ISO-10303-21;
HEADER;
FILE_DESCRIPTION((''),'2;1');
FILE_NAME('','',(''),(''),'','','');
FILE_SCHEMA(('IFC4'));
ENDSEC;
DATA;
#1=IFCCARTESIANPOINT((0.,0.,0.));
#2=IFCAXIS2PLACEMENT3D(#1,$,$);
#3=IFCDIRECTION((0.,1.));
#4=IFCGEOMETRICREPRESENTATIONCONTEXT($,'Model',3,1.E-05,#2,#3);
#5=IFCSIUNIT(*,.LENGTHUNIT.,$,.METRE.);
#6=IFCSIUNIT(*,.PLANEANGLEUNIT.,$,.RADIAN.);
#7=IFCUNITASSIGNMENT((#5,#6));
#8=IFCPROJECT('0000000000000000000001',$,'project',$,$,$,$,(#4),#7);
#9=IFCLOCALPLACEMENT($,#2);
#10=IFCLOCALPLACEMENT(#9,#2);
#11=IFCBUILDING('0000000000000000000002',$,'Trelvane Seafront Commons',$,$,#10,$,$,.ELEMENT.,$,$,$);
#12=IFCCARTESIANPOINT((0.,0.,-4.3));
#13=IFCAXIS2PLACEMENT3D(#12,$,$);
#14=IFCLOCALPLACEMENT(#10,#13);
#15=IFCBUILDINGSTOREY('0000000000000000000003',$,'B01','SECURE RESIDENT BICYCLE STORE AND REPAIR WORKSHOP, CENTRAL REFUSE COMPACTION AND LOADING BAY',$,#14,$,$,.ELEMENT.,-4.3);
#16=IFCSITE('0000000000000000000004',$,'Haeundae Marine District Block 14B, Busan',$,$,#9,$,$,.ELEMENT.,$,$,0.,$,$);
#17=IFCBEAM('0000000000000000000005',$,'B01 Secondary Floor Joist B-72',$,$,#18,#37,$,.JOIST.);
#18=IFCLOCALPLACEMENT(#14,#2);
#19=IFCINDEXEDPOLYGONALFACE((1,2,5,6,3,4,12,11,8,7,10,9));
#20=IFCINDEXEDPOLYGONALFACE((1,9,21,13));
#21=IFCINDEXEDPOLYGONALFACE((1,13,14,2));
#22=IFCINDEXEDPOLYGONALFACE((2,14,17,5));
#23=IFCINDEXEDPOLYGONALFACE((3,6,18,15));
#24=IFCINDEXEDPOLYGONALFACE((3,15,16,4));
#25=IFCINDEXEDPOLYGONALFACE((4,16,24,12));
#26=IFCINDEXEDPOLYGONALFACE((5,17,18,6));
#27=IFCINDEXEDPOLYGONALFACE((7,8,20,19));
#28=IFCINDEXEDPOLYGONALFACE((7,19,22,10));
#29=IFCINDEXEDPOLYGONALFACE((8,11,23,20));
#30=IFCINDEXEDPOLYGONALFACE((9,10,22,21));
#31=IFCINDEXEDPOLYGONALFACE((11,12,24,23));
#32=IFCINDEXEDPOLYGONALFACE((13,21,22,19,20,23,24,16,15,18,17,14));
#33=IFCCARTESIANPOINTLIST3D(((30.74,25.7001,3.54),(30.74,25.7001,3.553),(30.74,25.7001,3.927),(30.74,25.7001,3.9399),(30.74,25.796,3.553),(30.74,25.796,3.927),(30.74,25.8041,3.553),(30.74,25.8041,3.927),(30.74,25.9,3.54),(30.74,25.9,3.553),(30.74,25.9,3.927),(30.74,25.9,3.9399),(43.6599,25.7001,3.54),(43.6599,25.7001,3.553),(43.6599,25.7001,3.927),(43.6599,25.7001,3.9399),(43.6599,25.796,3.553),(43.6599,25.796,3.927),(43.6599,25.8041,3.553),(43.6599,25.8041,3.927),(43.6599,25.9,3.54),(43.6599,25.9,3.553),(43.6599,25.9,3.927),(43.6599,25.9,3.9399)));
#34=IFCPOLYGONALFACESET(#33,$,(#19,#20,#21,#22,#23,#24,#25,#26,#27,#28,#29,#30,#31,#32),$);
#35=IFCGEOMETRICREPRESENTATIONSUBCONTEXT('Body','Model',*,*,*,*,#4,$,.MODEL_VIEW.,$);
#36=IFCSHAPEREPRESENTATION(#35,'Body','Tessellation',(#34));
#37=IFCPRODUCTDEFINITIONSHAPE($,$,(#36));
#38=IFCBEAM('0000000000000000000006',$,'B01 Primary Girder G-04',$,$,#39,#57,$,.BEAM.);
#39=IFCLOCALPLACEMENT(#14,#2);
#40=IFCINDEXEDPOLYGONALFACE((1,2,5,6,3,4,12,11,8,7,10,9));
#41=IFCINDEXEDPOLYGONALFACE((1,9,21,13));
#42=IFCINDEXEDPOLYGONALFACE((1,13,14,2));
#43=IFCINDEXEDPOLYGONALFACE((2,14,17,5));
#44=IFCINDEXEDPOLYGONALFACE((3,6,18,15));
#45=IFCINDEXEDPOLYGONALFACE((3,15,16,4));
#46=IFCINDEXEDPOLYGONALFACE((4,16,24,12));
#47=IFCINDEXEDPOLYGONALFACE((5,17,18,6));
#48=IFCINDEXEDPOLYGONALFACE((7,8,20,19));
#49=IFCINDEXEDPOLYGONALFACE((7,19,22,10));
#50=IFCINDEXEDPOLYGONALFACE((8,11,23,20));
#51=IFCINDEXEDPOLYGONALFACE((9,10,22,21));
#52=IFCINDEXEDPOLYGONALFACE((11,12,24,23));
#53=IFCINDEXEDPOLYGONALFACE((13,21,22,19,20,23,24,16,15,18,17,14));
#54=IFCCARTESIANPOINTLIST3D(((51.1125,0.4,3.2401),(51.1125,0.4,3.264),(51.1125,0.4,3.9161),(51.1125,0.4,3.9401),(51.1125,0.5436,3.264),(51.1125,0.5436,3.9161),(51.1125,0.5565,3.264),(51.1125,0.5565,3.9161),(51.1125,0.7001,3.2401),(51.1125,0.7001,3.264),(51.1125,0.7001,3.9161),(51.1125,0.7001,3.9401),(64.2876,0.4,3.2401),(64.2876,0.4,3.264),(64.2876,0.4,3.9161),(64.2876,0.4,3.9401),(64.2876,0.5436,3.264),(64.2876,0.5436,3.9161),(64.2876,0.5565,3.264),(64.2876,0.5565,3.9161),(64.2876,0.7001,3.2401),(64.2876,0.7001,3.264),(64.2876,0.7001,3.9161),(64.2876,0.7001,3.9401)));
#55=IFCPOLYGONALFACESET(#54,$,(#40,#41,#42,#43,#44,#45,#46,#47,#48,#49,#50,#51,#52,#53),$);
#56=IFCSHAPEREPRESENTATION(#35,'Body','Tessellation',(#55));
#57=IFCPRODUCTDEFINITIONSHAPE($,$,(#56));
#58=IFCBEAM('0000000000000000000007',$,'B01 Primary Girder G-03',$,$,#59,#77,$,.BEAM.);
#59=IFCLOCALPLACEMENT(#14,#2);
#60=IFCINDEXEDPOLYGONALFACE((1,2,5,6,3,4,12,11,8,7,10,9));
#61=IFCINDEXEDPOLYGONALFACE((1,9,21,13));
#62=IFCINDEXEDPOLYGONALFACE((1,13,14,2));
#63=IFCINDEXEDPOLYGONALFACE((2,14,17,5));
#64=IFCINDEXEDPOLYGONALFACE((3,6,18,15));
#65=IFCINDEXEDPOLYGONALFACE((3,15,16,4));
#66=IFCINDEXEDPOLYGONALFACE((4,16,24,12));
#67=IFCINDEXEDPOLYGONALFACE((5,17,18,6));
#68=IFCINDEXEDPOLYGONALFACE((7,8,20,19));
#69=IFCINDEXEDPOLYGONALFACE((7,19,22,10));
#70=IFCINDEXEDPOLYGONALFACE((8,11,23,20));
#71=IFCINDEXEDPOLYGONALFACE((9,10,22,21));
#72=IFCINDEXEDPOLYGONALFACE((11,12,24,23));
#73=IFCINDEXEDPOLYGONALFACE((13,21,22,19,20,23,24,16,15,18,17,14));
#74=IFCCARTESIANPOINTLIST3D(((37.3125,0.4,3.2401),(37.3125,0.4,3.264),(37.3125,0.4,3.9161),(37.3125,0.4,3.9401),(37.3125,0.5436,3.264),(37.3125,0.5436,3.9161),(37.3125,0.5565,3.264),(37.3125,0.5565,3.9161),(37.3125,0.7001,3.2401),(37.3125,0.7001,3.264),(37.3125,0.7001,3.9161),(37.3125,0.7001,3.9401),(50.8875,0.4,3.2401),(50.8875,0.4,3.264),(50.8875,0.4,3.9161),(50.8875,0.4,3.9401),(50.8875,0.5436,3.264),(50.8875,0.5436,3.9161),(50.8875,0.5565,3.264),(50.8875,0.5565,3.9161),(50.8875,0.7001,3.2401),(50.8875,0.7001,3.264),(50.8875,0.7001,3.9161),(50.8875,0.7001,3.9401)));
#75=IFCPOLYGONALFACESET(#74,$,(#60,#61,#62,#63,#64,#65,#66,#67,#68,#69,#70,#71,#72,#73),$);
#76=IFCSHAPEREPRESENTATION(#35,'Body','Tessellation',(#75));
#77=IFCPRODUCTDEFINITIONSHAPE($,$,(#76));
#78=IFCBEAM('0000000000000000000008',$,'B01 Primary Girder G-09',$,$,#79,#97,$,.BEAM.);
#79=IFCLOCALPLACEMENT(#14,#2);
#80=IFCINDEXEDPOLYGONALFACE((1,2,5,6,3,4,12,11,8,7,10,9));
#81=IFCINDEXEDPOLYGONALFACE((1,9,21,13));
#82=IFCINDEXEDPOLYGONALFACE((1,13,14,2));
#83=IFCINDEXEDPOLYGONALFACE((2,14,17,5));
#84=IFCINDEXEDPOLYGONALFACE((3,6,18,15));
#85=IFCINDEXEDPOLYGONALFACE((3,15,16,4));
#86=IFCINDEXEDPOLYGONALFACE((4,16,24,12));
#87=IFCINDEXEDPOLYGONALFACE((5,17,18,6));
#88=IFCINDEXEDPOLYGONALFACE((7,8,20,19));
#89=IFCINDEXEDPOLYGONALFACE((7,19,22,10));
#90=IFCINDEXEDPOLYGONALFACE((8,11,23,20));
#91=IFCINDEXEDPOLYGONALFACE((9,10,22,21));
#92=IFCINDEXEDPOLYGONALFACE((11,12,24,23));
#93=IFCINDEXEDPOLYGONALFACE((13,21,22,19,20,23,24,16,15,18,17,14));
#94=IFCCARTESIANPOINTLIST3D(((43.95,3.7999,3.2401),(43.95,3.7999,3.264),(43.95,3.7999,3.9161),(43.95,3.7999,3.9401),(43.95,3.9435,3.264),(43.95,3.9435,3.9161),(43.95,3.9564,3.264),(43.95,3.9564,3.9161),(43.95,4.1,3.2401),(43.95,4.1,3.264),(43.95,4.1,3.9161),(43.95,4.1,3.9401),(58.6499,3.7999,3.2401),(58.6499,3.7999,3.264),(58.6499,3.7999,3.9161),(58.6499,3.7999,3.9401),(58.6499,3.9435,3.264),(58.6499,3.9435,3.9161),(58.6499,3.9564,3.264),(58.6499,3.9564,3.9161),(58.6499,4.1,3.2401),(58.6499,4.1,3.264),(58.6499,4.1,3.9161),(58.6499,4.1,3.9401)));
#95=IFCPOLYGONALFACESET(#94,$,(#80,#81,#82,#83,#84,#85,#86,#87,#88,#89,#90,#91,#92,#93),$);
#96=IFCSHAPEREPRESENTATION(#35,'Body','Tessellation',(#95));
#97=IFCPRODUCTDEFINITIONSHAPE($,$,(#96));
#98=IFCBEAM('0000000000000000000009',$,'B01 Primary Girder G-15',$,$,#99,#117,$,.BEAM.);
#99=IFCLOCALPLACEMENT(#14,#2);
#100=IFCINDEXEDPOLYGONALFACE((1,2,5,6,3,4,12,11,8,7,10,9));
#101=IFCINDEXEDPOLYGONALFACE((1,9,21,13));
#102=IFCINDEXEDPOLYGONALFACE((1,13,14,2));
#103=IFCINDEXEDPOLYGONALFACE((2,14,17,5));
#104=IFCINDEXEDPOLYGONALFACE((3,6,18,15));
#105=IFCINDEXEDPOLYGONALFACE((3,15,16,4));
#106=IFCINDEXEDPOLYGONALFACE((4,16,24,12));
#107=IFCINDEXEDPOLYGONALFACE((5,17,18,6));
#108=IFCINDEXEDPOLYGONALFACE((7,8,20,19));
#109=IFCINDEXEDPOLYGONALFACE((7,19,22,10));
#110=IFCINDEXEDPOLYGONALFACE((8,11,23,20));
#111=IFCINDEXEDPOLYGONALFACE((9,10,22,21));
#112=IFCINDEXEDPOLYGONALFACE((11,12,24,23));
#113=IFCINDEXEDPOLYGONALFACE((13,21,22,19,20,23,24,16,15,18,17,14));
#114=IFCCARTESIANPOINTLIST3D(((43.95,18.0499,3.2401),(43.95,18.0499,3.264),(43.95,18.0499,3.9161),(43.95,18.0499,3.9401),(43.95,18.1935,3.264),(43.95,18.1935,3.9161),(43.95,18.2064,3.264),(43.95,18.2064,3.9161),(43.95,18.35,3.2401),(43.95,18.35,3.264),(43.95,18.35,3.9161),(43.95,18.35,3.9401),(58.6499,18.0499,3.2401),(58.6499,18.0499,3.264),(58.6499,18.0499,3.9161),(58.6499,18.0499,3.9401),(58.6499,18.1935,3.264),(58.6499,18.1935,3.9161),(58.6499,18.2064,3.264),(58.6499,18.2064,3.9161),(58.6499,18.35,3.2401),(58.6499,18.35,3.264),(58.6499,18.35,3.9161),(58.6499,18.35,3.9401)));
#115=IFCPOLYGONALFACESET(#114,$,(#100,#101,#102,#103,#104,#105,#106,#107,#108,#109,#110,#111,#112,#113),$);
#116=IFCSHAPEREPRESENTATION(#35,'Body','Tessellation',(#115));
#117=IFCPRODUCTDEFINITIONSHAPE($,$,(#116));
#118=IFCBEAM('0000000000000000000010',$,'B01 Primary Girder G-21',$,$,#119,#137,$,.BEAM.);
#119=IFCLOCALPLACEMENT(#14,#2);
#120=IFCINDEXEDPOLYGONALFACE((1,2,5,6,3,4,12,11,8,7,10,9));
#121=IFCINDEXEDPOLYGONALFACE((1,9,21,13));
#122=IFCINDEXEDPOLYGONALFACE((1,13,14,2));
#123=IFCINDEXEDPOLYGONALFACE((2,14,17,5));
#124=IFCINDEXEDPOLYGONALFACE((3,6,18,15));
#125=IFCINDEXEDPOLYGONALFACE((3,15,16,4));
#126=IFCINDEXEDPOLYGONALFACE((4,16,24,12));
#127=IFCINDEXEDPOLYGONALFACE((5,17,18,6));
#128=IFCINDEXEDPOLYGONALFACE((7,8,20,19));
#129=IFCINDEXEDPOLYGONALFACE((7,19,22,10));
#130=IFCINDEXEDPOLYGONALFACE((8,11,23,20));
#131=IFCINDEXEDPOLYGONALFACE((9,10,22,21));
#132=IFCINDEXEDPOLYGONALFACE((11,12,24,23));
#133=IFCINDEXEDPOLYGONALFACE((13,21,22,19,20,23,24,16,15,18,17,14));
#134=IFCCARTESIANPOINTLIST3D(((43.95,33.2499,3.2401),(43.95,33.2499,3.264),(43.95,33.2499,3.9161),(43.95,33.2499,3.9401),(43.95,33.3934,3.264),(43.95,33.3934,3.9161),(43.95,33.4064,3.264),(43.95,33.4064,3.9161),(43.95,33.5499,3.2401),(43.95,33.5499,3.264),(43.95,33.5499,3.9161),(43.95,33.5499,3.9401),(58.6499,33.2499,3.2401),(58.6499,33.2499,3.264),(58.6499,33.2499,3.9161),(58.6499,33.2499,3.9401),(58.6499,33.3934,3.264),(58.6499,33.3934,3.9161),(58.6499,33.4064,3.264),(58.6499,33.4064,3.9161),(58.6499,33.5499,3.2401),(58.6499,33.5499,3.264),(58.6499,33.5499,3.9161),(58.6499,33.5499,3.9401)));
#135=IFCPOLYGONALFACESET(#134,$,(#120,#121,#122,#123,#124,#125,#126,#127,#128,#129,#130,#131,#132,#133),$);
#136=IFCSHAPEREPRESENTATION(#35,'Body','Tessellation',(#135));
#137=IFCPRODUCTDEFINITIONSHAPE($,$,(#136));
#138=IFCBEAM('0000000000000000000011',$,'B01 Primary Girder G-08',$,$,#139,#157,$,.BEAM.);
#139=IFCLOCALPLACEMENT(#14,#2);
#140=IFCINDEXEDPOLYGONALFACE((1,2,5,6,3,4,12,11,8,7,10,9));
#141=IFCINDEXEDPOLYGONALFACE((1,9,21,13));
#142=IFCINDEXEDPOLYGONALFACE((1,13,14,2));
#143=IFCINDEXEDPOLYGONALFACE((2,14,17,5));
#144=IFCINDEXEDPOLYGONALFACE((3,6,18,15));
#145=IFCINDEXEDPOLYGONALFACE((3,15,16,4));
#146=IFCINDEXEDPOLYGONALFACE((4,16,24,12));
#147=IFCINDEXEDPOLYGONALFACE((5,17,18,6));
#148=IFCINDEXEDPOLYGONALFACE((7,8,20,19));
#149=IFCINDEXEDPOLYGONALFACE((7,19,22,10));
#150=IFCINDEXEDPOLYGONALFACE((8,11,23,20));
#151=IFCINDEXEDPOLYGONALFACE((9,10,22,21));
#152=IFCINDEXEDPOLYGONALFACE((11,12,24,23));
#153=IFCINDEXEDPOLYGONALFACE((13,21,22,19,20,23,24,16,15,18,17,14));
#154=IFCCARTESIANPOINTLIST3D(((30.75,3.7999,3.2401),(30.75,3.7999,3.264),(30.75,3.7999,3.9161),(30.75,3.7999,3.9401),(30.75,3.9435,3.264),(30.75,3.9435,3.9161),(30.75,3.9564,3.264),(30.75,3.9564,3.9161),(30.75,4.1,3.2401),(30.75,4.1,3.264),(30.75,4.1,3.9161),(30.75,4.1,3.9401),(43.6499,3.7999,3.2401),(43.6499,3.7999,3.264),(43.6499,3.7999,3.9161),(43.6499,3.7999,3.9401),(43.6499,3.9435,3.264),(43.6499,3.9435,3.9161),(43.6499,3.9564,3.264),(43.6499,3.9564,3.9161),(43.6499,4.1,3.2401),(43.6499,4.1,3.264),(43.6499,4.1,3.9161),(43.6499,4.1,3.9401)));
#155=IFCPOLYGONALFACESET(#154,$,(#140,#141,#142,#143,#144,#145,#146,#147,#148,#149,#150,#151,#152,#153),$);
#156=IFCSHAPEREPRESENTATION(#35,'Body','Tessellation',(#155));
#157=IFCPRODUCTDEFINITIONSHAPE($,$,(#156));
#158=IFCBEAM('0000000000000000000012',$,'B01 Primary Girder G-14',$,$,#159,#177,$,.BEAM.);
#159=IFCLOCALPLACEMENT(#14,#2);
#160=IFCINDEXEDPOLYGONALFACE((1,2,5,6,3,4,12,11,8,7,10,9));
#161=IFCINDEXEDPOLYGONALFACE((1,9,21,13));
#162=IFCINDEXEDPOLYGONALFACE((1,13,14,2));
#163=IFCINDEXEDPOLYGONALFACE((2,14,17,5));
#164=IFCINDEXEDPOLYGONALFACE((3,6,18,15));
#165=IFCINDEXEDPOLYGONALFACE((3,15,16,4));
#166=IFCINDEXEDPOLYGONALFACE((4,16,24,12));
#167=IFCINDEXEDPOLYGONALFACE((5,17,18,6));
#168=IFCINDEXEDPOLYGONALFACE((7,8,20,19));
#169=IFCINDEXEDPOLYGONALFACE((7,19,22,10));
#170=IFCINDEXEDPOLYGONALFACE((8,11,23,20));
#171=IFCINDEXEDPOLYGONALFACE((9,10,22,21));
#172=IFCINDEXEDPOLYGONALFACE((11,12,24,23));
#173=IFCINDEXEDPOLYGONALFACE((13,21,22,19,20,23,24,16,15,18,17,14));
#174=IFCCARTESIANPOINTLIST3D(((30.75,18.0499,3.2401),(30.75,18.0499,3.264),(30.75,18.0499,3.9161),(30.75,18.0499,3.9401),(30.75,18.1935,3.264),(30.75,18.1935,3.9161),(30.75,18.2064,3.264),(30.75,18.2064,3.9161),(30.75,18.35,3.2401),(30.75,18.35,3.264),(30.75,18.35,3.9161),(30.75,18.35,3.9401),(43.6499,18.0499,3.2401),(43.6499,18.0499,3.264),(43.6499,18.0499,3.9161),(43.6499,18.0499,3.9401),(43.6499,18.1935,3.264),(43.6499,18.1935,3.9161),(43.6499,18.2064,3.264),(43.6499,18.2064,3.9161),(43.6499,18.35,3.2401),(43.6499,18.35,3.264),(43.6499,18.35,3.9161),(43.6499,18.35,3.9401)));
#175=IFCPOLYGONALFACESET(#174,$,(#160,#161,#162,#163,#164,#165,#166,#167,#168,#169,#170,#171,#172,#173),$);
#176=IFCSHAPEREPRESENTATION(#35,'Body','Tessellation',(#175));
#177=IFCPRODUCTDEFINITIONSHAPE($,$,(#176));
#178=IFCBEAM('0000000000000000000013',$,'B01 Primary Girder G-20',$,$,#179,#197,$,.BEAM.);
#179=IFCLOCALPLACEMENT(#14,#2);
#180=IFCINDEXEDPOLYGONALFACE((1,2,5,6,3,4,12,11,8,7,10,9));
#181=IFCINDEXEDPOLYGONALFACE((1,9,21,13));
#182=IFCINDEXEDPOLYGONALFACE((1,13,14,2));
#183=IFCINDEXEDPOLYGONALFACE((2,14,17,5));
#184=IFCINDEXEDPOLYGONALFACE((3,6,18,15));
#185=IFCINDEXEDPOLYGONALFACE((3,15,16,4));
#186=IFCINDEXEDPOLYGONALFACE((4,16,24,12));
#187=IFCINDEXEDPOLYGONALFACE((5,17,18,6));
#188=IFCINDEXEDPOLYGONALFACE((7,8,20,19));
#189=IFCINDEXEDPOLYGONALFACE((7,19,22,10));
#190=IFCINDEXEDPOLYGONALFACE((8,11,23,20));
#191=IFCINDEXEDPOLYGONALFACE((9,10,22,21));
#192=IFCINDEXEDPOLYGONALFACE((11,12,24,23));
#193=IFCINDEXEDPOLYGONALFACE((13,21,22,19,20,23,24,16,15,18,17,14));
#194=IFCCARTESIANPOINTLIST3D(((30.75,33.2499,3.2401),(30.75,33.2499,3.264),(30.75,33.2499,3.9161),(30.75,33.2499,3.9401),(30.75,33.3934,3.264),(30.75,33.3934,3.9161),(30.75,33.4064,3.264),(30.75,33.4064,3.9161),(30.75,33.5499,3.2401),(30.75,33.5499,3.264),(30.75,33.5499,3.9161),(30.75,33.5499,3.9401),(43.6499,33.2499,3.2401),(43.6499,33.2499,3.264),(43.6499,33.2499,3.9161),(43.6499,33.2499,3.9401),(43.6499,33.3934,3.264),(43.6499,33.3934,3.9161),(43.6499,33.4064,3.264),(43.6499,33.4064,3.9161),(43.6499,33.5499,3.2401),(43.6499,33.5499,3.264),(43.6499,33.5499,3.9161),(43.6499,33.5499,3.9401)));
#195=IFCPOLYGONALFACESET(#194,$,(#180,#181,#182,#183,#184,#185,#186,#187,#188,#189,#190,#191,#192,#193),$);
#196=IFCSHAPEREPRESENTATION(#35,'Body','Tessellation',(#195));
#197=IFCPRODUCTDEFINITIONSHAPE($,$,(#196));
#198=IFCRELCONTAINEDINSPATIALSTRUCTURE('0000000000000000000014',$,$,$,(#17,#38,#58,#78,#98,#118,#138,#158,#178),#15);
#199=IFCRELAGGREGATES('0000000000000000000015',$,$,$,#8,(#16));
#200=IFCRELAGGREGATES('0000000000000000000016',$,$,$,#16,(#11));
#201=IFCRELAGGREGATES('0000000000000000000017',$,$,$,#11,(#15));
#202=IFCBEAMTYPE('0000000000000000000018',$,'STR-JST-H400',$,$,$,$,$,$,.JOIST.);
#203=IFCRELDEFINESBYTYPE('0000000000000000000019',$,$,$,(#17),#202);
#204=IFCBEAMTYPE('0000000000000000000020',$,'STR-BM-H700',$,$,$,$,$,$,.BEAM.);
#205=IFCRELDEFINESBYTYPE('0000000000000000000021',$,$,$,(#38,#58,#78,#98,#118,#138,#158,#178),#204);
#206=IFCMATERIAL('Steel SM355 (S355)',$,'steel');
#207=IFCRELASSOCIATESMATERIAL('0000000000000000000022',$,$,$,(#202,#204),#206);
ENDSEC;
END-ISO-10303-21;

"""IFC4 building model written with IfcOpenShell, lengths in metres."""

from ifc_helpers import new_model, si_unit, direction, frame, origin, origin_2d, place, context, subcontext, project, spatial, i_section, extrude, source, transform, mapped, material, material_profile, profile_set, type_object, element, save


model = new_model("IFC4")

# Units and contexts
model_context = context("Model", 3, precision=1e-05, world=origin(), true_north=direction((0.0, 1.0)))
body_context = subcontext(model_context, "Body", "Model", "MODEL_VIEW")
ifc_project = project(units=[si_unit("LENGTHUNIT", "METRE"), si_unit("PLANEANGLEUNIT", "RADIAN")], contexts=[model_context])

# Site, building, storey
site_placement = place(None, origin())
site = spatial("IfcSite", under=ifc_project, at=site_placement, Name="Haeundae Marine District Block 14B, Busan", CompositionType="ELEMENT", RefElevation=0.0)
building_placement = place(site_placement, origin())
building = spatial("IfcBuilding", under=site, at=building_placement, Name="Trelvane Seafront Commons", CompositionType="ELEMENT")
storey_placement = place(building_placement, frame((0.0, 0.0, -4.3)))
storey = spatial("IfcBuildingStorey", under=building, at=storey_placement, Name="B01", Description="SECURE RESIDENT BICYCLE STORE AND REPAIR WORKSHOP, CENTRAL REFUSE COMPACTION AND LOADING BAY", CompositionType="ELEMENT", Elevation=-4.3)

# Beams
ifc_material_1 = material(Name="Steel SM355 (S355)", Category="steel")
ifc_material_profile_1 = material_profile(ifc_material_1, i_section(OverallWidth=0.2, OverallDepth=0.3999, WebThickness=0.0081, FlangeThickness=0.0129, at=origin_2d()), Name="H-400x200x8x13")
ifc_profile_set_1 = profile_set([ifc_material_profile_1], Name="Steel SM355 (S355)")
beam_type_1 = type_object("IfcBeamType", Name="STR-JST-H400", PredefinedType="JOIST", material=ifc_profile_set_1)
shared_shape_1 = source(origin(), body_context, "Body", "SweptSolid", [
    extrude(i_section(OverallWidth=0.2, OverallDepth=0.3999, WebThickness=0.0081, FlangeThickness=0.0129, at=origin_2d()), origin(), (0.0, 0.0, 1.0), 12.9199),
])
for number, where, z_axis, x_axis, name in (
    (1, (30.74, 25.8, 3.74), (1.0, 0.0, 0.0), (0.0, 1.0, 0.0), "B01 Secondary Floor Joist B-72"),
):
    element("IfcBeam", number, at=place(storey_placement, frame(where, z_axis=z_axis, x_axis=x_axis)), inside=storey, type_object=beam_type_1, Name=name, PredefinedType="JOIST", context=body_context, shape_type="MappedRepresentation", body=[
        mapped(shared_shape_1, transform((0.0, 0.0, 0.0), x_axis=(1.0, 0.0, 0.0), y_axis=(0.0, 1.0, 0.0), z_axis=(0.0, 0.0, 1.0), scale=1.0)),
    ])
ifc_material_profile_2 = material_profile(ifc_material_1, i_section(OverallWidth=0.3, OverallDepth=0.7, WebThickness=0.0129, FlangeThickness=0.0239, at=origin_2d()), Name="H-700x300x13x24")
ifc_profile_set_2 = profile_set([ifc_material_profile_2], Name="Steel SM355 (S355)")
beam_type_2 = type_object("IfcBeamType", Name="STR-BM-H700", PredefinedType="BEAM", material=ifc_profile_set_2)
shared_shape_2 = source(origin(), body_context, "Body", "SweptSolid", [
    extrude(i_section(OverallWidth=0.3, OverallDepth=0.7, WebThickness=0.0129, FlangeThickness=0.0239, at=origin_2d()), origin(), (0.0, 0.0, 1.0), 13.175),
])
beam_1_placement = place(storey_placement, frame((51.1125, 0.55, 3.5901), z_axis=(1.0, 0.0, 0.0), x_axis=(0.0, 1.0, 0.0)))
element("IfcBeam", 2, at=beam_1_placement, inside=storey, type_object=beam_type_2, Name="B01 Primary Girder G-04", PredefinedType="BEAM", context=body_context, shape_type="MappedRepresentation", body=[
    mapped(shared_shape_2, transform((0.0, 0.0, 0.0), x_axis=(1.0, 0.0, 0.0), y_axis=(0.0, 1.0, 0.0), z_axis=(0.0, 0.0, 1.0), scale=1.0)),
])
shared_shape_3 = source(origin(), body_context, "Body", "SweptSolid", [
    extrude(i_section(OverallWidth=0.3, OverallDepth=0.7, WebThickness=0.0129, FlangeThickness=0.0239, at=origin_2d()), origin(), (0.0, 0.0, 1.0), 13.575),
])
beam_2_placement = place(storey_placement, frame((37.3125, 0.55, 3.5901), z_axis=(1.0, 0.0, 0.0), x_axis=(0.0, 1.0, 0.0)))
element("IfcBeam", 3, at=beam_2_placement, inside=storey, type_object=beam_type_2, Name="B01 Primary Girder G-03", PredefinedType="BEAM", context=body_context, shape_type="MappedRepresentation", body=[
    mapped(shared_shape_3, transform((0.0, 0.0, 0.0), x_axis=(1.0, 0.0, 0.0), y_axis=(0.0, 1.0, 0.0), z_axis=(0.0, 0.0, 1.0), scale=1.0)),
])
shared_shape_4 = source(origin(), body_context, "Body", "SweptSolid", [
    extrude(i_section(OverallWidth=0.3, OverallDepth=0.7, WebThickness=0.0129, FlangeThickness=0.0239, at=origin_2d()), origin(), (0.0, 0.0, 1.0), 14.7),
])
for number, where, z_axis, x_axis, name in (
    (4, (43.95, 3.95, 3.5901), (1.0, 0.0, 0.0), (0.0, 1.0, 0.0), "B01 Primary Girder G-09"),
    (5, (43.95, 18.2, 3.5901), (1.0, 0.0, 0.0), (0.0, 1.0, 0.0), "B01 Primary Girder G-15"),
    (6, (43.95, 33.3999, 3.5901), (1.0, 0.0, 0.0), (0.0, 1.0, 0.0), "B01 Primary Girder G-21"),
):
    element("IfcBeam", number, at=place(storey_placement, frame(where, z_axis=z_axis, x_axis=x_axis)), inside=storey, type_object=beam_type_2, Name=name, PredefinedType="BEAM", context=body_context, shape_type="MappedRepresentation", body=[
        mapped(shared_shape_4, transform((0.0, 0.0, 0.0), x_axis=(1.0, 0.0, 0.0), y_axis=(0.0, 1.0, 0.0), z_axis=(0.0, 0.0, 1.0), scale=1.0)),
    ])
shared_shape_5 = source(origin(), body_context, "Body", "SweptSolid", [
    extrude(i_section(OverallWidth=0.3, OverallDepth=0.7, WebThickness=0.0129, FlangeThickness=0.0239, at=origin_2d()), origin(), (0.0, 0.0, 1.0), 12.8999),
])
for number, where, z_axis, x_axis, name in (
    (7, (30.75, 3.95, 3.5901), (1.0, 0.0, 0.0), (0.0, 1.0, 0.0), "B01 Primary Girder G-08"),
    (8, (30.75, 18.2, 3.5901), (1.0, 0.0, 0.0), (0.0, 1.0, 0.0), "B01 Primary Girder G-14"),
    (9, (30.75, 33.3999, 3.5901), (1.0, 0.0, 0.0), (0.0, 1.0, 0.0), "B01 Primary Girder G-20"),
):
    element("IfcBeam", number, at=place(storey_placement, frame(where, z_axis=z_axis, x_axis=x_axis)), inside=storey, type_object=beam_type_2, Name=name, PredefinedType="BEAM", context=body_context, shape_type="MappedRepresentation", body=[
        mapped(shared_shape_5, transform((0.0, 0.0, 0.0), x_axis=(1.0, 0.0, 0.0), y_axis=(0.0, 1.0, 0.0), z_axis=(0.0, 0.0, 1.0), scale=1.0)),
    ])

save(model, "model.ifc")
